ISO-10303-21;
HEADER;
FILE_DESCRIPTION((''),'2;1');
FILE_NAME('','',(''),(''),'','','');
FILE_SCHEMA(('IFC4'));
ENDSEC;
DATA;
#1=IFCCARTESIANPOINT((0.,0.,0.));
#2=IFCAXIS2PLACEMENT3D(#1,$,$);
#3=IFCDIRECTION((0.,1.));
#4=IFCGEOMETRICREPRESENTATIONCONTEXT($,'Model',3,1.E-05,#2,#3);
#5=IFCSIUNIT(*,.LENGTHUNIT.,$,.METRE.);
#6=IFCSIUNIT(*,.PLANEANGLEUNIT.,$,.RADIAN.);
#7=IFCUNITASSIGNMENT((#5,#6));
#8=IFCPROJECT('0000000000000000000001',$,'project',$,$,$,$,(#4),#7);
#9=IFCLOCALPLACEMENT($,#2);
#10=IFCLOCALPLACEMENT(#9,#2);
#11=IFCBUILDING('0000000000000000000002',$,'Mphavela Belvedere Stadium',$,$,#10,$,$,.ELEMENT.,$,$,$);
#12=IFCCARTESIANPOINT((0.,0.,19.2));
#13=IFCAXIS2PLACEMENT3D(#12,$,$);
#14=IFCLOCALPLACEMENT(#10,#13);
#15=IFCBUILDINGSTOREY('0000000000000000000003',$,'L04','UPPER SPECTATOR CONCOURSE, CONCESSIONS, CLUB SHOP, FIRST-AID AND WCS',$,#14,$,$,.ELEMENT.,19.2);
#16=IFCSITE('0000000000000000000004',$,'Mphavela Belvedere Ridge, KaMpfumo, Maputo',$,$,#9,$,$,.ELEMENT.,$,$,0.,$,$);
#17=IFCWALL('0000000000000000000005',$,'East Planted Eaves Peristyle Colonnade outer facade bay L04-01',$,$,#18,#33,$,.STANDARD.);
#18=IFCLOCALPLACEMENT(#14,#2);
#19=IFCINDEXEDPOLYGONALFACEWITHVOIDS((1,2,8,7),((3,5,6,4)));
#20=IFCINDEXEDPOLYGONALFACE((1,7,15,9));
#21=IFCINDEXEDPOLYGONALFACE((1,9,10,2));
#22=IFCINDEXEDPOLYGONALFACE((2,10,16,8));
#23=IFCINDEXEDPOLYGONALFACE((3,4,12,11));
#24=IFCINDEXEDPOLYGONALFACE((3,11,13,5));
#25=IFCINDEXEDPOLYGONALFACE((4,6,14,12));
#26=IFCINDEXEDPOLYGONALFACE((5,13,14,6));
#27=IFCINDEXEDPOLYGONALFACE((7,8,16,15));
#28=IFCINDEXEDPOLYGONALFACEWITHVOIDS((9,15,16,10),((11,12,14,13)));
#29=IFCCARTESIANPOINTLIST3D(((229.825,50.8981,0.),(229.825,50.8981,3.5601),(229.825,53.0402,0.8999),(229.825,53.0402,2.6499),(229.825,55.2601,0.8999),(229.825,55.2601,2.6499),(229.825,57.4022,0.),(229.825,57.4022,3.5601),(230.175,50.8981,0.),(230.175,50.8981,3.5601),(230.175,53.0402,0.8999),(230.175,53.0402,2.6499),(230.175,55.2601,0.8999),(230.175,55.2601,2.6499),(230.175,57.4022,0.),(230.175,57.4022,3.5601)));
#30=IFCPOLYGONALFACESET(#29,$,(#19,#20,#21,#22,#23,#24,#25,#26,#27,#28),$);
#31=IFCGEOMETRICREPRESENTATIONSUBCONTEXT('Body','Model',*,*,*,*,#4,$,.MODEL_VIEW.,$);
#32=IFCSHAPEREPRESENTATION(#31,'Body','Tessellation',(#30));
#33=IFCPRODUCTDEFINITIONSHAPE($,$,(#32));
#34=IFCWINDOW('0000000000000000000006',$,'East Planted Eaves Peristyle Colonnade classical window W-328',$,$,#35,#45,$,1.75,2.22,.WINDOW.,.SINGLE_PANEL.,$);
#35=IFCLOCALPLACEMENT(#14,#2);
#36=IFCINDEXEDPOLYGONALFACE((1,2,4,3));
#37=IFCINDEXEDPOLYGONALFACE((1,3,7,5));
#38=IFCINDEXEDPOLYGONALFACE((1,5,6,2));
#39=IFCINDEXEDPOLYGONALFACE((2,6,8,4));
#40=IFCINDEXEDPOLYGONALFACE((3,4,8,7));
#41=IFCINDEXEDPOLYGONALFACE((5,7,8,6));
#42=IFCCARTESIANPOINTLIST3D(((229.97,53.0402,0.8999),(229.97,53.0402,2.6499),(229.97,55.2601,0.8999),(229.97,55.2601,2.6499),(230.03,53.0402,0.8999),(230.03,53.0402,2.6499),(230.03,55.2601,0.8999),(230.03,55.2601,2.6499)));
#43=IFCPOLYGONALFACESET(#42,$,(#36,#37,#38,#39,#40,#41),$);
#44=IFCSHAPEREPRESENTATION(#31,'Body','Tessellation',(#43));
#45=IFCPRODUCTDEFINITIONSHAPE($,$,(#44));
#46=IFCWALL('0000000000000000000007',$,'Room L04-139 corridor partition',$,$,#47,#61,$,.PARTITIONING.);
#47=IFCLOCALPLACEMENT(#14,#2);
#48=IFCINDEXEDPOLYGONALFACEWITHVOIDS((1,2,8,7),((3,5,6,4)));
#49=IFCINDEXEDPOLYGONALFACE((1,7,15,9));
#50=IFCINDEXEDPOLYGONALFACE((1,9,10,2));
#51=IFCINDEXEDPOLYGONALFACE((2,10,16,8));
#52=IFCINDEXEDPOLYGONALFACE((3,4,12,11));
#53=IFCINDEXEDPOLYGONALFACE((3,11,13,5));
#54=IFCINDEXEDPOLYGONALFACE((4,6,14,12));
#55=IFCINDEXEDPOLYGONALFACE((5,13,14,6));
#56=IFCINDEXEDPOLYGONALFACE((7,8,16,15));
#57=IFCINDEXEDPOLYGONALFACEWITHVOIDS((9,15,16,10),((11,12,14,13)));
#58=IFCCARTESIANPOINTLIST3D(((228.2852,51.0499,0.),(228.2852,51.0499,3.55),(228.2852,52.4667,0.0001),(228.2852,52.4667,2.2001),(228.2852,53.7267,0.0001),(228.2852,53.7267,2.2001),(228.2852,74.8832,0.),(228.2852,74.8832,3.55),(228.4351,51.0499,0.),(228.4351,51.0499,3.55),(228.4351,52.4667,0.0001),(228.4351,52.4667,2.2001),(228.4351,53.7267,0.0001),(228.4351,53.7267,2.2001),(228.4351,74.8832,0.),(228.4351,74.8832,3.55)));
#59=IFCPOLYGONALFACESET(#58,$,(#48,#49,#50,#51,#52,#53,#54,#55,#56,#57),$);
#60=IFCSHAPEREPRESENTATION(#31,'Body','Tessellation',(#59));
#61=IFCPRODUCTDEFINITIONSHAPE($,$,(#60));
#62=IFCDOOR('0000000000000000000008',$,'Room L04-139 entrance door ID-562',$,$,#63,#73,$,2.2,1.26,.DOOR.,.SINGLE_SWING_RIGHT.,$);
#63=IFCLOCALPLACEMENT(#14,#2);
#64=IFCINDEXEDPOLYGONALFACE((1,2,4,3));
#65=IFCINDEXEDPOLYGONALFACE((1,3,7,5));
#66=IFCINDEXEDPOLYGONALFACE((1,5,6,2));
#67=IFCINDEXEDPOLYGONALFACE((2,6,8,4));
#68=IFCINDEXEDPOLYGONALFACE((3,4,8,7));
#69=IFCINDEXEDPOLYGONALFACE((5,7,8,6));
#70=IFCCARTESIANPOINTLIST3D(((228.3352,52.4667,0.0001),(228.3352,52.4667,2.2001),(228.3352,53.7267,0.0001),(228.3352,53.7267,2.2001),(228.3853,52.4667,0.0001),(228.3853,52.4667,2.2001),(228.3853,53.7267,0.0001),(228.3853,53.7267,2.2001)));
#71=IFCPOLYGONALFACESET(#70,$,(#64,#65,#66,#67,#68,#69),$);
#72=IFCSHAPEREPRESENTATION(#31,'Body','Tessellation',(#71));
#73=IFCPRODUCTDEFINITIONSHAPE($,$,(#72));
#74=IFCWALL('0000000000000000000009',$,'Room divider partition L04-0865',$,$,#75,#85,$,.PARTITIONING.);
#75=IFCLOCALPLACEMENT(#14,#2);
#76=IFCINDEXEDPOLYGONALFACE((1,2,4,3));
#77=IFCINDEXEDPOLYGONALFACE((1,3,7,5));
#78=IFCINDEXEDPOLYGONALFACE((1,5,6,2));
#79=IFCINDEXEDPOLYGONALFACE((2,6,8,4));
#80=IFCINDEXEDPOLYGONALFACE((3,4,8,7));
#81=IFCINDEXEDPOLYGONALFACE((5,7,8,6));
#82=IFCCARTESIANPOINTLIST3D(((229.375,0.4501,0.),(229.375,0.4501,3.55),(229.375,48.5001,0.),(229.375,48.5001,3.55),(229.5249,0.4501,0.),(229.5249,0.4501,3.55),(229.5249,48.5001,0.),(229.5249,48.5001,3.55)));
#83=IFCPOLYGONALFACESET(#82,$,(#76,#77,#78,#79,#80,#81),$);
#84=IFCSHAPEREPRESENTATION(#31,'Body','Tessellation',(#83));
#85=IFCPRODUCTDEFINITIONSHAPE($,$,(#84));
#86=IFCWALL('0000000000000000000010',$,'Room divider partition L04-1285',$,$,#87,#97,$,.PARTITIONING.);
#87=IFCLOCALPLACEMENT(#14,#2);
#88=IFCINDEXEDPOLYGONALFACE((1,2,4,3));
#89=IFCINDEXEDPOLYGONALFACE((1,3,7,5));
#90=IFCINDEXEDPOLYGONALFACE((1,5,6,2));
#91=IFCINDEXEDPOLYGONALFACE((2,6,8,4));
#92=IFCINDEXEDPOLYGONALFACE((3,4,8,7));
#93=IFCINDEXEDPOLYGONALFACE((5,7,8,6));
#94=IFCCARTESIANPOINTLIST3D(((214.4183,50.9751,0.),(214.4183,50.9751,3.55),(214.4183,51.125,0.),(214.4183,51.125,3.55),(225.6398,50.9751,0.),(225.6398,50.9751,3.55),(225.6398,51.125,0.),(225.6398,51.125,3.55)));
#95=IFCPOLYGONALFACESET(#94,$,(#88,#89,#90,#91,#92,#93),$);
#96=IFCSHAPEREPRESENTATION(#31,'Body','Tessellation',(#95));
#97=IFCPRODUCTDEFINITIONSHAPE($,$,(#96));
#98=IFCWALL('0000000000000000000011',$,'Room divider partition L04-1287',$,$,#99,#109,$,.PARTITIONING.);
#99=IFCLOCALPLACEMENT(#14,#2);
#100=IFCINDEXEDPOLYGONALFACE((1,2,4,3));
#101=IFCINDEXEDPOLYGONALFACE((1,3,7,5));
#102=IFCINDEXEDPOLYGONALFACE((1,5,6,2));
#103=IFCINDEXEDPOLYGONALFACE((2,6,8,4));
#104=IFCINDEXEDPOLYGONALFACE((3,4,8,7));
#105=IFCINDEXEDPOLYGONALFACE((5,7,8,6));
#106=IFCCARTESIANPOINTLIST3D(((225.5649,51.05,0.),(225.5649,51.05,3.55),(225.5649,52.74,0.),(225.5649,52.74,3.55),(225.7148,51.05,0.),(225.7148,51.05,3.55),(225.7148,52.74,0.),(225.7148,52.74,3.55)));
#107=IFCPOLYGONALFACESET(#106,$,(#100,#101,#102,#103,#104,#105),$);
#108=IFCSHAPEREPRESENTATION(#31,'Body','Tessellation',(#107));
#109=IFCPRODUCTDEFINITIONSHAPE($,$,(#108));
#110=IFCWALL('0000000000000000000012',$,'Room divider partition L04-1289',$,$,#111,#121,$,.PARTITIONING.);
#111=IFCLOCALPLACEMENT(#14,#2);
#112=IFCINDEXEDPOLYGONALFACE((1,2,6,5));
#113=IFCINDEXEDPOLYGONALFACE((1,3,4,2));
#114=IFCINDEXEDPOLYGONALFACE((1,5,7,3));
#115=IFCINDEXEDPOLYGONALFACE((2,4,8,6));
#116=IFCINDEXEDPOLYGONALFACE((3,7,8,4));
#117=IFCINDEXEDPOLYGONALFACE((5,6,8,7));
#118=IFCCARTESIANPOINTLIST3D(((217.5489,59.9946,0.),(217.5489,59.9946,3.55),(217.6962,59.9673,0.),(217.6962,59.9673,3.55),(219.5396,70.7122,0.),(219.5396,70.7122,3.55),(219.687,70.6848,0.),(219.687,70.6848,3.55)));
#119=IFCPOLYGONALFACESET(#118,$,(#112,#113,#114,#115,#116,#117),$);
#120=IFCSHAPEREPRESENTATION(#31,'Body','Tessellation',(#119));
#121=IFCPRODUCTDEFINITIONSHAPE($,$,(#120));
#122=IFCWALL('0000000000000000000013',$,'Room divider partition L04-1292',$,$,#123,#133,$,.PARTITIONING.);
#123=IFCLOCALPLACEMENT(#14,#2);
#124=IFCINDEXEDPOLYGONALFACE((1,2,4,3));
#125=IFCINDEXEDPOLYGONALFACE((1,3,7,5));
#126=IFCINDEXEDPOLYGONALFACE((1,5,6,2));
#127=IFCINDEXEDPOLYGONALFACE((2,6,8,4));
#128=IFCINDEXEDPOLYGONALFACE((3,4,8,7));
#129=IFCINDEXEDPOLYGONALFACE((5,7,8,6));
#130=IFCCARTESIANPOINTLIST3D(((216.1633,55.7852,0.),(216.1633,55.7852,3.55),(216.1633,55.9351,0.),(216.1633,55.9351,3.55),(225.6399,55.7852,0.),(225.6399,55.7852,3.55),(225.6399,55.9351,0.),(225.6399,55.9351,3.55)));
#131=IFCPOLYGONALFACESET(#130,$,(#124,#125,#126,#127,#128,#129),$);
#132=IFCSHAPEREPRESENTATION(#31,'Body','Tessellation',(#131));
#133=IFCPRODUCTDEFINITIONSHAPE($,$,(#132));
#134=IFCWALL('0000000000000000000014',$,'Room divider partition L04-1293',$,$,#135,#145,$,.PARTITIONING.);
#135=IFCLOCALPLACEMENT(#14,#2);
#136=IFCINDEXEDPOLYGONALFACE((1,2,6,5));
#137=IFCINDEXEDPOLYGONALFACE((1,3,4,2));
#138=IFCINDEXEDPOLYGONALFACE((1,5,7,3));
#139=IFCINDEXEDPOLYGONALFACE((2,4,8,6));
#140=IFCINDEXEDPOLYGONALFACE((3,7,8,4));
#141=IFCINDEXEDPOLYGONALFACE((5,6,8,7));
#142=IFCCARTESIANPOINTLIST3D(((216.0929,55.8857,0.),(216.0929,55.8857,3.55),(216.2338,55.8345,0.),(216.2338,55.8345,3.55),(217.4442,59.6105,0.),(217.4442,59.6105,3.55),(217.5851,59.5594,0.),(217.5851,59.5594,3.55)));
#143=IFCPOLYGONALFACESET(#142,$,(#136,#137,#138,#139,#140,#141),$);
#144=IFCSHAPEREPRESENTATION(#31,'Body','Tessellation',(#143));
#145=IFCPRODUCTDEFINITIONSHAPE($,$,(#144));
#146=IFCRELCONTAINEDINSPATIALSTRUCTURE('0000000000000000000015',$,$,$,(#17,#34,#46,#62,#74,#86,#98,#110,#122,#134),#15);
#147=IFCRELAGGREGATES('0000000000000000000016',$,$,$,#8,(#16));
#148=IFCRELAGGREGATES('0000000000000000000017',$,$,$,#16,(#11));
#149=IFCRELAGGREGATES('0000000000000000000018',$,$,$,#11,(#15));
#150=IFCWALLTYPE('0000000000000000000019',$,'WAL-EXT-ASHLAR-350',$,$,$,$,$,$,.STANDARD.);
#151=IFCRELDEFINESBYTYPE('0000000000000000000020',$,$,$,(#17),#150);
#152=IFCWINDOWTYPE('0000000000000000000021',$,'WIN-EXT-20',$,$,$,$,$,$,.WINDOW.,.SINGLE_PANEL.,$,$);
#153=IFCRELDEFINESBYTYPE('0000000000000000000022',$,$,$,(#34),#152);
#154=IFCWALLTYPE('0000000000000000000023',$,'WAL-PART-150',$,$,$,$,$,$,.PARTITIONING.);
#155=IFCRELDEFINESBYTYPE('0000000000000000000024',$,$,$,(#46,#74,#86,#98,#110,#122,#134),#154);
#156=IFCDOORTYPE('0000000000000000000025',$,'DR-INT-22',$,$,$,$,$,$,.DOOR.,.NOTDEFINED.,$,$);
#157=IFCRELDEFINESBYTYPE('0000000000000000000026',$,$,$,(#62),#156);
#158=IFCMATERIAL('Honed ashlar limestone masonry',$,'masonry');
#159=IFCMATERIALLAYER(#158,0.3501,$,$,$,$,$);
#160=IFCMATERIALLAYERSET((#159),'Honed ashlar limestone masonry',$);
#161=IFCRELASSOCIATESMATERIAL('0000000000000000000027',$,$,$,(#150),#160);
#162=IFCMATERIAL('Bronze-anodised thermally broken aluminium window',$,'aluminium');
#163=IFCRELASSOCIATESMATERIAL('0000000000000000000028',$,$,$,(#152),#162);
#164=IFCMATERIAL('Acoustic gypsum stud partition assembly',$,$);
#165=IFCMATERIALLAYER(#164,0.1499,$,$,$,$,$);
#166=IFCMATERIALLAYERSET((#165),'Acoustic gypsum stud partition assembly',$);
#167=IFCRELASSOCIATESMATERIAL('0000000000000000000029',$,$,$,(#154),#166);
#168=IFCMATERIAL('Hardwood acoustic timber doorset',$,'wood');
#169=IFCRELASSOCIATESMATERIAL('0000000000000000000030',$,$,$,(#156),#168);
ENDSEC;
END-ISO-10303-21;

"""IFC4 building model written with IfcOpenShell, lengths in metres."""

from ifc_helpers import new_model, si_unit, direction, frame, frame_2d, origin, place, context, subcontext, project, spatial, rectangle, extrude, material, layer, layer_set, type_object, element, fill, save


model = new_model("IFC4")

# Units and contexts
model_context = context("Model", 3, precision=1e-05, world=origin(), true_north=direction((0.0, 1.0)))
body_context = subcontext(model_context, "Body", "Model", "MODEL_VIEW")
ifc_project = project(units=[si_unit("LENGTHUNIT", "METRE"), si_unit("PLANEANGLEUNIT", "RADIAN")], contexts=[model_context])

# Site, building, storey
site_placement = place(None, origin())
site = spatial("IfcSite", under=ifc_project, at=site_placement, Name="Mphavela Belvedere Ridge, KaMpfumo, Maputo", CompositionType="ELEMENT", RefElevation=0.0)
building_placement = place(site_placement, origin())
building = spatial("IfcBuilding", under=site, at=building_placement, Name="Mphavela Belvedere Stadium", CompositionType="ELEMENT")
storey_placement = place(building_placement, frame((0.0, 0.0, 19.2)))
storey = spatial("IfcBuildingStorey", under=building, at=storey_placement, Name="L04", Description="UPPER SPECTATOR CONCOURSE, CONCESSIONS, CLUB SHOP, FIRST-AID AND WCS", CompositionType="ELEMENT", Elevation=19.2)

# Shared definitions
ifc_material_1 = material(Name="Honed ashlar limestone masonry", Category="masonry")
ifc_layer_1 = layer(ifc_material_1, 0.3501)
ifc_layer_set_1 = layer_set([ifc_layer_1], Name="Honed ashlar limestone masonry")
wall_type_1 = type_object("IfcWallType", Name="WAL-EXT-ASHLAR-350", PredefinedType="STANDARD", material=ifc_layer_set_1)

# Wall, opening, window
wall_1_placement = place(storey_placement, frame((230.0, 57.4021, 0.0), z_axis=(0.0, 0.0, 1.0), x_axis=(0.0, -1.0, 0.0)))
wall_1 = element("IfcWall", 1, at=wall_1_placement, inside=storey, type_object=wall_type_1, Name="East Planted Eaves Peristyle Colonnade outer facade bay L04-01", PredefinedType="STANDARD", context=body_context, shape_type="SweptSolid", body=[
    extrude(rectangle(XDim=6.5042, YDim=0.3501, at=frame_2d((3.252, 0.0))), origin(), (0.0, 0.0, 1.0), 3.5601),
])
opening_1_placement = place(wall_1_placement, frame((2.1421, 0.0, 0.8999)))
opening_1 = element("IfcOpeningElement", 2, at=opening_1_placement, cuts=wall_1, PredefinedType="OPENING", context=body_context, shape_type="SweptSolid", body=[
    extrude(rectangle(XDim=2.22, YDim=1.75, at=frame_2d((1.1099, 0.875))), frame((0.0, 0.1851, 0.0), z_axis=(0.0, -1.0, 0.0), x_axis=(1.0, 0.0, 0.0)), (0.0, 0.0, 1.0), 0.3701),
])
ifc_material_2 = material(Name="Bronze-anodised thermally broken aluminium window", Category="aluminium")
window_type = type_object("IfcWindowType", Name="WIN-EXT-20", PartitioningType="SINGLE_PANEL", PredefinedType="WINDOW", material=ifc_material_2)
window_placement = place(opening_1_placement, origin())
window = element("IfcWindow", 3, at=window_placement, inside=storey, type_object=window_type, Name="East Planted Eaves Peristyle Colonnade classical window W-328", OverallHeight=1.75, OverallWidth=2.22, PartitioningType="SINGLE_PANEL", PredefinedType="WINDOW", context=body_context, shape_type="SweptSolid", body=[
    extrude(rectangle(XDim=2.22, YDim=1.75, at=frame_2d((1.1099, 0.875))), frame((0.0, 0.03, 0.0), z_axis=(0.0, -1.0, 0.0), x_axis=(1.0, 0.0, 0.0)), (0.0, 0.0, 1.0), 0.0601),
])
fill(opening_1, window)

# Wall, opening, door
ifc_material_3 = material(Name="Acoustic gypsum stud partition assembly")
ifc_layer_2 = layer(ifc_material_3, 0.1499)
ifc_layer_set_2 = layer_set([ifc_layer_2], Name="Acoustic gypsum stud partition assembly")
wall_type_2 = type_object("IfcWallType", Name="WAL-PART-150", PredefinedType="PARTITIONING", material=ifc_layer_set_2)
wall_2_placement = place(storey_placement, frame((228.3601, 51.05, 0.0), z_axis=(0.0, 0.0, 1.0), x_axis=(0.0, 1.0, 0.0)))
wall_2 = element("IfcWall", 4, at=wall_2_placement, inside=storey, type_object=wall_type_2, Name="Room L04-139 corridor partition", PredefinedType="PARTITIONING", context=body_context, shape_type="SweptSolid", body=[
    extrude(rectangle(XDim=23.8333, YDim=0.1499, at=frame_2d((11.9165, 0.0))), origin(), (0.0, 0.0, 1.0), 3.55),
])
opening_2_placement = place(wall_2_placement, frame((1.4167, 0.0, 0.0)))
opening_2 = element("IfcOpeningElement", 5, at=opening_2_placement, cuts=wall_2, PredefinedType="OPENING", context=body_context, shape_type="SweptSolid", body=[
    extrude(rectangle(XDim=1.26, YDim=2.2, at=frame_2d((0.6299, 1.1001))), frame((0.0, 0.085, 0.0), z_axis=(0.0, -1.0, 0.0), x_axis=(1.0, 0.0, 0.0)), (0.0, 0.0, 1.0), 0.1699),
])
ifc_material_4 = material(Name="Hardwood acoustic timber doorset", Category="wood")
door_type_1 = type_object("IfcDoorType", Name="DR-INT-22", OperationType="NOTDEFINED", PredefinedType="DOOR", material=ifc_material_4)
door_1_placement = place(opening_2_placement, origin())
door_1 = element("IfcDoor", 6, at=door_1_placement, inside=storey, type_object=door_type_1, Name="Room L04-139 entrance door ID-562", OperationType="SINGLE_SWING_RIGHT", OverallHeight=2.2, OverallWidth=1.26, PredefinedType="DOOR", context=body_context, shape_type="SweptSolid", body=[
    extrude(rectangle(XDim=1.26, YDim=2.2, at=frame_2d((0.6299, 1.1001))), frame((0.0, 0.0249, 0.0), z_axis=(0.0, -1.0, 0.0), x_axis=(1.0, 0.0, 0.0)), (0.0, 0.0, 1.0), 0.05),
])
fill(opening_2, door_1)

# Walls
wall_3_placement = place(storey_placement, frame((229.45, 48.5, 0.0), z_axis=(0.0, 0.0, 1.0), x_axis=(0.0, -1.0, 0.0)))
element("IfcWall", 7, at=wall_3_placement, inside=storey, type_object=wall_type_2, Name="Room divider partition L04-0865", PredefinedType="PARTITIONING", context=body_context, shape_type="SweptSolid", body=[
    extrude(rectangle(XDim=48.05, YDim=0.1499, at=frame_2d((24.0249, 0.0))), origin(), (0.0, 0.0, 1.0), 3.55),
])
wall_4_placement = place(storey_placement, frame((225.6399, 51.05, 0.0), z_axis=(0.0, 0.0, 1.0), x_axis=(-1.0, 0.0, 0.0)))
element("IfcWall", 8, at=wall_4_placement, inside=storey, type_object=wall_type_2, Name="Room divider partition L04-1285", PredefinedType="PARTITIONING", context=body_context, shape_type="SweptSolid", body=[
    extrude(rectangle(XDim=11.2214, YDim=0.1499, at=frame_2d((5.6108, 0.0))), origin(), (0.0, 0.0, 1.0), 3.55),
])
wall_5_placement = place(storey_placement, frame((225.6399, 52.74, 0.0), z_axis=(0.0, 0.0, 1.0), x_axis=(0.0, -1.0, 0.0)))
element("IfcWall", 9, at=wall_5_placement, inside=storey, type_object=wall_type_2, Name="Room divider partition L04-1287", PredefinedType="PARTITIONING", context=body_context, shape_type="SweptSolid", body=[
    extrude(rectangle(XDim=1.6899, YDim=0.1499, at=frame_2d((0.845, 0.0))), origin(), (0.0, 0.0, 1.0), 3.55),
])
wall_6_placement = place(storey_placement, frame((217.6226, 59.981, 0.0), z_axis=(0.0, 0.0, 1.0), x_axis=(0.182621, 0.983183, 0.0)))
element("IfcWall", 10, at=wall_6_placement, inside=storey, type_object=wall_type_2, Name="Room divider partition L04-1289", PredefinedType="PARTITIONING", context=body_context, shape_type="SweptSolid", body=[
    extrude(rectangle(XDim=10.9009, YDim=0.1499, at=frame_2d((5.4504, 0.0))), origin(), (0.0, 0.0, 1.0), 3.55),
])
wall_7_placement = place(storey_placement, frame((225.6399, 55.8601, 0.0), z_axis=(0.0, 0.0, 1.0), x_axis=(-1.0, 0.0, 0.0)))
element("IfcWall", 11, at=wall_7_placement, inside=storey, type_object=wall_type_2, Name="Room divider partition L04-1292", PredefinedType="PARTITIONING", context=body_context, shape_type="SweptSolid", body=[
    extrude(rectangle(XDim=9.4766, YDim=0.1499, at=frame_2d((4.7383, 0.0))), origin(), (0.0, 0.0, 1.0), 3.55),
])
wall_8_placement = place(storey_placement, frame((216.1633, 55.8601, 0.0), z_axis=(0.0, 0.0, 1.0), x_axis=(0.341036, 0.94005, 0.0)))
element("IfcWall", 12, at=wall_8_placement, inside=storey, type_object=wall_type_2, Name="Room divider partition L04-1293", PredefinedType="PARTITIONING", context=body_context, shape_type="SweptSolid", body=[
    extrude(rectangle(XDim=3.9624, YDim=0.1499, at=frame_2d((1.9812, 0.0))), origin(), (0.0, 0.0, 1.0), 3.55),
])

save(model, "model.ifc")
